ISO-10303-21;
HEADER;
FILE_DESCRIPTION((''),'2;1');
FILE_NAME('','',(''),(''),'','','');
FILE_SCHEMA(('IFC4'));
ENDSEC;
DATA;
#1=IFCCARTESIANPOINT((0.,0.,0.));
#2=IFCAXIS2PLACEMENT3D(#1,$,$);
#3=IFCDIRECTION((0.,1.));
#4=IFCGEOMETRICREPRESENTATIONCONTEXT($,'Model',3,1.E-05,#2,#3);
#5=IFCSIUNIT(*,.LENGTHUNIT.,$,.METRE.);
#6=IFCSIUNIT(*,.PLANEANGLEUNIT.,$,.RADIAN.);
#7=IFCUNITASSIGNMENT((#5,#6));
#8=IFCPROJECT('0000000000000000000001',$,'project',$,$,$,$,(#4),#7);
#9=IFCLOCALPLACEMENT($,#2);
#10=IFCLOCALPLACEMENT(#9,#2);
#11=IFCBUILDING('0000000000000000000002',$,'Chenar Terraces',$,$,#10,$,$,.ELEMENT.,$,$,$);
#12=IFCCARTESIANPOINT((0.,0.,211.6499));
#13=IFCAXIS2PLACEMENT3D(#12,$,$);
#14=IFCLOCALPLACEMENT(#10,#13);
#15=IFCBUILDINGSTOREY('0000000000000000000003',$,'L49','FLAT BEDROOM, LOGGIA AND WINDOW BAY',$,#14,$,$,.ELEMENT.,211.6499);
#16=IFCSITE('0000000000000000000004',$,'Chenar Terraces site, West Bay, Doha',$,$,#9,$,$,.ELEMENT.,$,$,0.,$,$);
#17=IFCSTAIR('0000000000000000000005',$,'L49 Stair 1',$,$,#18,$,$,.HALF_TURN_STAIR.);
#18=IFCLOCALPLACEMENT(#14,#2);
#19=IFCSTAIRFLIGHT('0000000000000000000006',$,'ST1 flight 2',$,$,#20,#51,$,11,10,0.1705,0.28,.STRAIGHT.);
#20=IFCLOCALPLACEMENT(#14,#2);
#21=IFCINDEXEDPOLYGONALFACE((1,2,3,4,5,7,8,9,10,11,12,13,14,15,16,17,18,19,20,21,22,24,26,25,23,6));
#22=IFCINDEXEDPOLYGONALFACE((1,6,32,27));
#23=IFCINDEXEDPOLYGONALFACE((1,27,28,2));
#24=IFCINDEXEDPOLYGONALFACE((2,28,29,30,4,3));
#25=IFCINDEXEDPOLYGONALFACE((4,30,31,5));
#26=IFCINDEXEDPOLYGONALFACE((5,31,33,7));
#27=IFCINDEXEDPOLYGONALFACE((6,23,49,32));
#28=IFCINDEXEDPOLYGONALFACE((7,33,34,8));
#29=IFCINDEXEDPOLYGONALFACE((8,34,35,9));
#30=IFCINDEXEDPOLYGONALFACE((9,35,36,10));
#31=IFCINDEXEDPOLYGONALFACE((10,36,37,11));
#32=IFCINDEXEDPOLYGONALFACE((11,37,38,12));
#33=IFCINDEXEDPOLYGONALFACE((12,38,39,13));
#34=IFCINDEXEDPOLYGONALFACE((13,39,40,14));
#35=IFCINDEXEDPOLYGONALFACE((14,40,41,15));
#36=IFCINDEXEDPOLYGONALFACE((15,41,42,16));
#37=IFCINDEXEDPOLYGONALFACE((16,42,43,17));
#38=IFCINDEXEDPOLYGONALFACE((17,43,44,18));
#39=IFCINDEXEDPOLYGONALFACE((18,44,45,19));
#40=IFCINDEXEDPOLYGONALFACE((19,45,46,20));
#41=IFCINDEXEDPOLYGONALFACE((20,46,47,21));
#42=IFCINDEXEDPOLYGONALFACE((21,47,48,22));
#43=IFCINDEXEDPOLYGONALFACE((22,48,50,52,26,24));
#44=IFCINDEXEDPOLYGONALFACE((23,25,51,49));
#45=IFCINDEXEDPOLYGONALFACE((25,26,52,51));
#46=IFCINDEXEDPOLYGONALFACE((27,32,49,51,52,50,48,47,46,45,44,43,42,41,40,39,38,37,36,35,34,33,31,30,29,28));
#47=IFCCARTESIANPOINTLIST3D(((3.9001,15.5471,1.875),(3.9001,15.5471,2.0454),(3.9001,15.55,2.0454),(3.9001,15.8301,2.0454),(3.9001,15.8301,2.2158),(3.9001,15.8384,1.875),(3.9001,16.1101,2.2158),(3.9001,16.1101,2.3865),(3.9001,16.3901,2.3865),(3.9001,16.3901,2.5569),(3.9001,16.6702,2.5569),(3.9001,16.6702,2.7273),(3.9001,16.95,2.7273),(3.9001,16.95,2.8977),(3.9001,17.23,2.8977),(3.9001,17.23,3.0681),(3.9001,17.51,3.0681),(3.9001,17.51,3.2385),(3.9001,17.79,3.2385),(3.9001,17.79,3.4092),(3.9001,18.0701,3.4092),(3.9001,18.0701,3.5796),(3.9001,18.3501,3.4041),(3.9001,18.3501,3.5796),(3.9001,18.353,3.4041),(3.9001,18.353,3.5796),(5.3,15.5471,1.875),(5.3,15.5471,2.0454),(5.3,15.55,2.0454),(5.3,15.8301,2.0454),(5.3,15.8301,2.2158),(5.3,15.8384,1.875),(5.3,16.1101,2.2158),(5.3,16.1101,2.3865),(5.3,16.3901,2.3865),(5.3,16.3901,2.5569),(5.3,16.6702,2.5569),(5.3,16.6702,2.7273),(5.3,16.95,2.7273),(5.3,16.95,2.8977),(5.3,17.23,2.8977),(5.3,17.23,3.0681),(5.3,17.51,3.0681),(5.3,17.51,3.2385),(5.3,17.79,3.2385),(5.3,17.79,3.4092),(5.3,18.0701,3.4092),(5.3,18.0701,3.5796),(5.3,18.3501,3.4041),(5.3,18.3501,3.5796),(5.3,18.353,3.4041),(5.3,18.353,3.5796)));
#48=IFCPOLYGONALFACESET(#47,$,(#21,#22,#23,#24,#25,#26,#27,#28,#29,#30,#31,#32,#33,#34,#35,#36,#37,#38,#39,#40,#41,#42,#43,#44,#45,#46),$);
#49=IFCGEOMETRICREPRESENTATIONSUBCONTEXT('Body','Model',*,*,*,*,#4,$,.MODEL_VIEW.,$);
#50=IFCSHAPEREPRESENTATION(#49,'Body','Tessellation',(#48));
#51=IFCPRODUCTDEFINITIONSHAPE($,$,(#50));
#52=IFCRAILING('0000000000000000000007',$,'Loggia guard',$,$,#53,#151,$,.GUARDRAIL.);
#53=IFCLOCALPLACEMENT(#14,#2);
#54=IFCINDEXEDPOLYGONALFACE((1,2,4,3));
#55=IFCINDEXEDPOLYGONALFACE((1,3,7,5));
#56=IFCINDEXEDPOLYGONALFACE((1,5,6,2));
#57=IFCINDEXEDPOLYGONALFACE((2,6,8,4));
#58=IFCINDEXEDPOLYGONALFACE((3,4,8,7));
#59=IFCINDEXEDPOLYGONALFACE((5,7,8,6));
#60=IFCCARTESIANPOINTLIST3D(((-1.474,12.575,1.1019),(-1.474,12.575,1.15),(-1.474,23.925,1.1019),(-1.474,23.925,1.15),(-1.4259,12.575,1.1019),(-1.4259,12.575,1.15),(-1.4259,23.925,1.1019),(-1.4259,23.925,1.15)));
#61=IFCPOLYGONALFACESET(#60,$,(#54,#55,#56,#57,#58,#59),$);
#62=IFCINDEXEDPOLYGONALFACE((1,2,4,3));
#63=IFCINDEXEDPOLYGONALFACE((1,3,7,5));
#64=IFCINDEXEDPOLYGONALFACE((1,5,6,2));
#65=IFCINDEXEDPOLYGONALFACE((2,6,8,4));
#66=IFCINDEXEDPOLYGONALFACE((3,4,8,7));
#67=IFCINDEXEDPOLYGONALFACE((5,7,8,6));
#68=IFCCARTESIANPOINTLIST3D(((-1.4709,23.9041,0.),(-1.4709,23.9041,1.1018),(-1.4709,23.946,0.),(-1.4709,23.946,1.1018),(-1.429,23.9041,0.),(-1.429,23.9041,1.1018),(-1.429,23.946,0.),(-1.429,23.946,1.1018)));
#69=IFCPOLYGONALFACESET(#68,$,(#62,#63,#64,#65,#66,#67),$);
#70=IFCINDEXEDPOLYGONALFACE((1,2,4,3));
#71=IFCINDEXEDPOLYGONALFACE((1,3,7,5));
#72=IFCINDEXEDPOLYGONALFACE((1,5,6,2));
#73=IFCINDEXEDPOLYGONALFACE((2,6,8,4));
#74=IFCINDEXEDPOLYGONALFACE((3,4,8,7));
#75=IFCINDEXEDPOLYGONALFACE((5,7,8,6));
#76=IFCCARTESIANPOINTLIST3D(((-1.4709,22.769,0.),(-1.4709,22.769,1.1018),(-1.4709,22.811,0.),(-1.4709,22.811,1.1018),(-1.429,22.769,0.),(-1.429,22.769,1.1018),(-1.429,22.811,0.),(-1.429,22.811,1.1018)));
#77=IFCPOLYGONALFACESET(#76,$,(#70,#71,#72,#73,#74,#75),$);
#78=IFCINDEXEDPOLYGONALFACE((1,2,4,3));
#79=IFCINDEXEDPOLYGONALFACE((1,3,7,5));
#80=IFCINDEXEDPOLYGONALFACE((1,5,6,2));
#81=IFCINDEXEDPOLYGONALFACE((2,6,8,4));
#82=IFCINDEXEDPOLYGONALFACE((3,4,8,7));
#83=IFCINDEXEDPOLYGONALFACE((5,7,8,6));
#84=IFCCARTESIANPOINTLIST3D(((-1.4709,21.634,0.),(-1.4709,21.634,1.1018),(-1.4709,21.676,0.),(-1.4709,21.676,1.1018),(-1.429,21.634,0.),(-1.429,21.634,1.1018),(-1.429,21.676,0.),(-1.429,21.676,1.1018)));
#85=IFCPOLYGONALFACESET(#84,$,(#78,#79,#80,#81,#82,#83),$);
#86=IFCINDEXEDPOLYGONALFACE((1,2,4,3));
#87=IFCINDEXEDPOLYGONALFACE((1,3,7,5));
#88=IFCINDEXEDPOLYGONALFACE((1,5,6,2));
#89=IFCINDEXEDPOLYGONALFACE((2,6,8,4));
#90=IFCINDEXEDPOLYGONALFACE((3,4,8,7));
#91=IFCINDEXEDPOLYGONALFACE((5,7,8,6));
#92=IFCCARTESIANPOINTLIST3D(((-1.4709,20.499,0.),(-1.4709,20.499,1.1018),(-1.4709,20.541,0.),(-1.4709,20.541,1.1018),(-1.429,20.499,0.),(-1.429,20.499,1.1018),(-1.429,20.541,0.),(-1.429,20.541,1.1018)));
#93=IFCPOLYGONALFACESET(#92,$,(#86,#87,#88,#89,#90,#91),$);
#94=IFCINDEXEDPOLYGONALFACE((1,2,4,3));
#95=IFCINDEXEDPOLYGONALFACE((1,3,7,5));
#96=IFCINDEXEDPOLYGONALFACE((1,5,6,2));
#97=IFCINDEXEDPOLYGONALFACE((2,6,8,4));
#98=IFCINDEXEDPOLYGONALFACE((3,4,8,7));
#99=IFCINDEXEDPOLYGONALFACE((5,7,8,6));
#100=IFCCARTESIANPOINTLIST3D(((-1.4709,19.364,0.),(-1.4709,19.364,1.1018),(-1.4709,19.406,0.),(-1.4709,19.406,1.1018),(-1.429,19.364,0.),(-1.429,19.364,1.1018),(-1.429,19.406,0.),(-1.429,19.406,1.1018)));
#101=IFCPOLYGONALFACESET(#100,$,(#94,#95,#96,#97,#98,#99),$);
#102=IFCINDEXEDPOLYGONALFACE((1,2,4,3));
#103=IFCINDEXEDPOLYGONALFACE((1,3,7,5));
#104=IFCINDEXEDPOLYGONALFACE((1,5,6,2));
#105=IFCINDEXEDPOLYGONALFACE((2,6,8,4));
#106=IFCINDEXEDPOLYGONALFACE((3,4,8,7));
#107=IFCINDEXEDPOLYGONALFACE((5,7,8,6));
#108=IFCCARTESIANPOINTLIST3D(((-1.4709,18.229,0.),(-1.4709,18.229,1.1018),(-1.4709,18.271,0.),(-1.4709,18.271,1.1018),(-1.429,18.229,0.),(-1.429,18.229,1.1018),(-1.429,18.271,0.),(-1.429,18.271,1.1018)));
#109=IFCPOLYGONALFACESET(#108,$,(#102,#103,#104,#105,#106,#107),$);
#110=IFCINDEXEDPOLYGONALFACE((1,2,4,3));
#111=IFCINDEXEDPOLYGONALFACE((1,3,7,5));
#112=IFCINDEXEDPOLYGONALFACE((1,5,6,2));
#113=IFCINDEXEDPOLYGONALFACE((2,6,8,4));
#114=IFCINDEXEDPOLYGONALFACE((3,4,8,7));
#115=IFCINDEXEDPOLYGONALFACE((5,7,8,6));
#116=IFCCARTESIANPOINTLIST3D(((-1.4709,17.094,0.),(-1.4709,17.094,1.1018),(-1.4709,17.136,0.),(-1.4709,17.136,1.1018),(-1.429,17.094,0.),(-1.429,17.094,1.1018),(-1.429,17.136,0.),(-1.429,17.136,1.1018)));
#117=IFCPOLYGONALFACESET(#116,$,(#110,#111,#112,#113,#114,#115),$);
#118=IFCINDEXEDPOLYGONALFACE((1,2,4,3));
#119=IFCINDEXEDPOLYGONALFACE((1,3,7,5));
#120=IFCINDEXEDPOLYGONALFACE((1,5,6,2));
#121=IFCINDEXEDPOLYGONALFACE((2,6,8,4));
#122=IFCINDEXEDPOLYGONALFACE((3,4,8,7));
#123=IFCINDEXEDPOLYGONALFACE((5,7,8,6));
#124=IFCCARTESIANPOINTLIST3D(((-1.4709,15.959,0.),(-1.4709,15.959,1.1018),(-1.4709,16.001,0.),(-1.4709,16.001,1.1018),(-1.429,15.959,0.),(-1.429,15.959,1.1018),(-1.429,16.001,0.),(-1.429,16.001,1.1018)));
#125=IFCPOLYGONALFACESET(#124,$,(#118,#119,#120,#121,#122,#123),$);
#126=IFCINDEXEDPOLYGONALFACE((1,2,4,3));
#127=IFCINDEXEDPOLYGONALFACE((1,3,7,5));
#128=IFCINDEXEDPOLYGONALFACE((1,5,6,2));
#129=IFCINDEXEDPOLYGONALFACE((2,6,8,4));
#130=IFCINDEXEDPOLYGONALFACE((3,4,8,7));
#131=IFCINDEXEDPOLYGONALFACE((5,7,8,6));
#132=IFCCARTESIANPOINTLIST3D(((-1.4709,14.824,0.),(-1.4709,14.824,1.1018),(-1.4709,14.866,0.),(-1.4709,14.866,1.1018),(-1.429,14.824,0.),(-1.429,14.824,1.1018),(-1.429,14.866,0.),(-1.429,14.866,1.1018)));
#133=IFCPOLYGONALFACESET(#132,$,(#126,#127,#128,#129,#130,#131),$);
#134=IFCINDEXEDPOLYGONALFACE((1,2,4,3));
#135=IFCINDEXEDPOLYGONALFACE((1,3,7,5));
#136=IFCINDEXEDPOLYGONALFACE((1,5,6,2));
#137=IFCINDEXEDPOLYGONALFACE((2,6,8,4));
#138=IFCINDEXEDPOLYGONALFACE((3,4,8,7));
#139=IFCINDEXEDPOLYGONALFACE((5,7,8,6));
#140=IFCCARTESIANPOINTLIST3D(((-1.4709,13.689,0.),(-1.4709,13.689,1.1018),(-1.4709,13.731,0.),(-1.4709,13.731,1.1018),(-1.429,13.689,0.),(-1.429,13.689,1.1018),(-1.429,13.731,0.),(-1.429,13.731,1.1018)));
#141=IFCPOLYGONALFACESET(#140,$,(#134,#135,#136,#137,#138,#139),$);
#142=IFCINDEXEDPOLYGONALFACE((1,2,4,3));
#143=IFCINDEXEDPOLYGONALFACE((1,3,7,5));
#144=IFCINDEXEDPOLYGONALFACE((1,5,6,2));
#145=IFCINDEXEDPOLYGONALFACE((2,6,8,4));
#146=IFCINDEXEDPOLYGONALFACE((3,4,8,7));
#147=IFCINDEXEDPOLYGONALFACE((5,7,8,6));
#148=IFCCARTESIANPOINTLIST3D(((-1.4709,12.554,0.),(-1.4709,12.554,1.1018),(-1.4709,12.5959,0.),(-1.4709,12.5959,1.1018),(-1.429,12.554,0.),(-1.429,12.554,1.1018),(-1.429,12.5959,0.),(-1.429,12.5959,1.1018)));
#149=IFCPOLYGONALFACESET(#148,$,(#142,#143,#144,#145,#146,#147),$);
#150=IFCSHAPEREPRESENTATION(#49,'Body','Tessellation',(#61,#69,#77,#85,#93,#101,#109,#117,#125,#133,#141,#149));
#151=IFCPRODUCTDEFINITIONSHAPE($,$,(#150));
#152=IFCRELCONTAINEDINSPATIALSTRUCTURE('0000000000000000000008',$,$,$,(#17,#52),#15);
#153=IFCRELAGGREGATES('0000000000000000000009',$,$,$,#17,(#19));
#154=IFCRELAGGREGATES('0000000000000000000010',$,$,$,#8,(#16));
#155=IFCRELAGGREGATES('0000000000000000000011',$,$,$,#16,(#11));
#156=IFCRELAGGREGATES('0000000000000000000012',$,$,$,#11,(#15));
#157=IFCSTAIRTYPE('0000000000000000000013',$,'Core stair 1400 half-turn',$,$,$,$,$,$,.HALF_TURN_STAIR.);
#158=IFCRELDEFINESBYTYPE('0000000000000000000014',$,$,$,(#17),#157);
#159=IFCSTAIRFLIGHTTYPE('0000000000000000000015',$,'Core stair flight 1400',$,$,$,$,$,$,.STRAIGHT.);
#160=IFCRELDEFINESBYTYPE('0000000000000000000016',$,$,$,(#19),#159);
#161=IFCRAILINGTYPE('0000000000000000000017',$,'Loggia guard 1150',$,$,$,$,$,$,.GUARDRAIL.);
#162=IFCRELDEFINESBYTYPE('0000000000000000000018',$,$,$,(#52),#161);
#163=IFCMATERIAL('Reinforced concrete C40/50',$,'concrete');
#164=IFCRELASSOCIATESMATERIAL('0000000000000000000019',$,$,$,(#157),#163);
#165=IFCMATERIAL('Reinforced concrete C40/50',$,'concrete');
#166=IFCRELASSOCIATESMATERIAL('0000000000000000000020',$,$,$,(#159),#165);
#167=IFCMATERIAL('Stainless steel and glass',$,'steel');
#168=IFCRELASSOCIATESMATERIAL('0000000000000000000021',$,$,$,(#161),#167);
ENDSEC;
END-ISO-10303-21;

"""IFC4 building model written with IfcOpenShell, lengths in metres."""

from ifc_helpers import new_model, si_unit, direction, frame, origin, origin_2d, place, context, subcontext, project, spatial, polyline, rectangle, outline, extrude, material, type_object, element, aggregate, save


model = new_model("IFC4")

# Units and contexts
model_context = context("Model", 3, precision=1e-05, world=origin(), true_north=direction((0.0, 1.0)))
body_context = subcontext(model_context, "Body", "Model", "MODEL_VIEW")
ifc_project = project(units=[si_unit("LENGTHUNIT", "METRE"), si_unit("PLANEANGLEUNIT", "RADIAN")], contexts=[model_context])

# Site, building, storey
site_placement = place(None, origin())
site = spatial("IfcSite", under=ifc_project, at=site_placement, Name="Chenar Terraces site, West Bay, Doha", CompositionType="ELEMENT", RefElevation=0.0)
building_placement = place(site_placement, origin())
building = spatial("IfcBuilding", under=site, at=building_placement, Name="Chenar Terraces", CompositionType="ELEMENT")
storey_placement = place(building_placement, frame((0.0, 0.0, 211.6499)))
storey = spatial("IfcBuildingStorey", under=building, at=storey_placement, Name="L49", Description="FLAT BEDROOM, LOGGIA AND WINDOW BAY", CompositionType="ELEMENT", Elevation=211.6499)

# Stair, stair flight
ifc_material_1 = material(Name="Reinforced concrete C40/50", Category="concrete")
stair_type = type_object("IfcStairType", Name="Core stair 1400 half-turn", PredefinedType="HALF_TURN_STAIR", material=ifc_material_1)
stair_placement = place(storey_placement, origin())
stair = element("IfcStair", 1, at=stair_placement, inside=storey, type_object=stair_type, Name="L49 Stair 1", PredefinedType="HALF_TURN_STAIR")
ifc_material_2 = material(Name="Reinforced concrete C40/50", Category="concrete")
stair_flight_type = type_object("IfcStairFlightType", Name="Core stair flight 1400", PredefinedType="STRAIGHT", material=ifc_material_2)
stair_flight_1_placement = place(storey_placement, frame((4.6001, 15.55, 1.875), z_axis=(0.0, 0.0, 1.0), x_axis=(0.0, 1.0, 0.0)))
stair_flight_1 = element("IfcStairFlight", 2, at=stair_flight_1_placement, type_object=stair_flight_type, Name="ST1 flight 2", NumberOfRisers=11, NumberOfTreads=10, PredefinedType="STRAIGHT", RiserHeight=0.1705, TreadLength=0.28, context=body_context, shape_type="SweptSolid", body=[
    extrude(outline(polyline([(-0.0029, 0.0), (-0.0029, 0.1704), (0.0, 0.1704), (0.28, 0.1704), (0.28, 0.3408), (0.5601, 0.3408), (0.5601, 0.5115), (0.8401, 0.5115), (0.8401, 0.6819), (1.1201, 0.6819), (1.1201, 0.8523), (1.3999, 0.8523), (1.3999, 1.0227), (1.6799, 1.0227), (1.6799, 1.1931), (1.96, 1.1931), (1.96, 1.3635), (2.24, 1.3635), (2.24, 1.5342), (2.52, 1.5342), (2.52, 1.7046), (2.8, 1.7046), (2.803, 1.7046), (2.803, 1.5291), (2.8, 1.5291), (0.2883, 0.0), (-0.0029, 0.0)])), frame((0.0, 0.7, 0.0), z_axis=(0.0, -1.0, 0.0), x_axis=(1.0, 0.0, 0.0)), (0.0, 0.0, 1.0), 1.3999),
])
aggregate(stair, [stair_flight_1])

# Railing
ifc_material_3 = material(Name="Stainless steel and glass", Category="steel")
railing_type_1 = type_object("IfcRailingType", Name="Loggia guard 1150", PredefinedType="GUARDRAIL", material=ifc_material_3)
railing_1_placement = place(storey_placement, frame((-1.45, 23.925, 0.0)))
element("IfcRailing", 3, at=railing_1_placement, inside=storey, type_object=railing_type_1, Name="Loggia guard", PredefinedType="GUARDRAIL", context=body_context, shape_type="SweptSolid", body=[
    extrude(rectangle(XDim=0.0481, YDim=0.0481, at=origin_2d()), frame((0.0, 0.0, 1.126), z_axis=(0.0, -1.0, 0.0), x_axis=(1.0, 0.0, 0.0)), (0.0, 0.0, 1.0), 11.3501),
    extrude(rectangle(XDim=0.042, YDim=0.042, at=origin_2d()), origin(), (0.0, 0.0, 1.0), 1.1018),
    extrude(rectangle(XDim=0.042, YDim=0.042, at=origin_2d()), frame((0.0, -1.135, 0.0)), (0.0, 0.0, 1.0), 1.1018),
    extrude(rectangle(XDim=0.042, YDim=0.042, at=origin_2d()), frame((0.0, -2.27, 0.0)), (0.0, 0.0, 1.0), 1.1018),
    extrude(rectangle(XDim=0.042, YDim=0.042, at=origin_2d()), frame((0.0, -3.405, 0.0)), (0.0, 0.0, 1.0), 1.1018),
    extrude(rectangle(XDim=0.042, YDim=0.042, at=origin_2d()), frame((0.0, -4.54, 0.0)), (0.0, 0.0, 1.0), 1.1018),
    extrude(rectangle(XDim=0.042, YDim=0.042, at=origin_2d()), frame((0.0, -5.675, 0.0)), (0.0, 0.0, 1.0), 1.1018),
    extrude(rectangle(XDim=0.042, YDim=0.042, at=origin_2d()), frame((0.0, -6.8101, 0.0)), (0.0, 0.0, 1.0), 1.1018),
    extrude(rectangle(XDim=0.042, YDim=0.042, at=origin_2d()), frame((0.0, -7.9451, 0.0)), (0.0, 0.0, 1.0), 1.1018),
    extrude(rectangle(XDim=0.042, YDim=0.042, at=origin_2d()), frame((0.0, -9.0801, 0.0)), (0.0, 0.0, 1.0), 1.1018),
    extrude(rectangle(XDim=0.042, YDim=0.042, at=origin_2d()), frame((0.0, -10.2151, 0.0)), (0.0, 0.0, 1.0), 1.1018),
    extrude(rectangle(XDim=0.042, YDim=0.042, at=origin_2d()), frame((0.0, -11.3501, 0.0)), (0.0, 0.0, 1.0), 1.1018),
])

save(model, "model.ifc")
